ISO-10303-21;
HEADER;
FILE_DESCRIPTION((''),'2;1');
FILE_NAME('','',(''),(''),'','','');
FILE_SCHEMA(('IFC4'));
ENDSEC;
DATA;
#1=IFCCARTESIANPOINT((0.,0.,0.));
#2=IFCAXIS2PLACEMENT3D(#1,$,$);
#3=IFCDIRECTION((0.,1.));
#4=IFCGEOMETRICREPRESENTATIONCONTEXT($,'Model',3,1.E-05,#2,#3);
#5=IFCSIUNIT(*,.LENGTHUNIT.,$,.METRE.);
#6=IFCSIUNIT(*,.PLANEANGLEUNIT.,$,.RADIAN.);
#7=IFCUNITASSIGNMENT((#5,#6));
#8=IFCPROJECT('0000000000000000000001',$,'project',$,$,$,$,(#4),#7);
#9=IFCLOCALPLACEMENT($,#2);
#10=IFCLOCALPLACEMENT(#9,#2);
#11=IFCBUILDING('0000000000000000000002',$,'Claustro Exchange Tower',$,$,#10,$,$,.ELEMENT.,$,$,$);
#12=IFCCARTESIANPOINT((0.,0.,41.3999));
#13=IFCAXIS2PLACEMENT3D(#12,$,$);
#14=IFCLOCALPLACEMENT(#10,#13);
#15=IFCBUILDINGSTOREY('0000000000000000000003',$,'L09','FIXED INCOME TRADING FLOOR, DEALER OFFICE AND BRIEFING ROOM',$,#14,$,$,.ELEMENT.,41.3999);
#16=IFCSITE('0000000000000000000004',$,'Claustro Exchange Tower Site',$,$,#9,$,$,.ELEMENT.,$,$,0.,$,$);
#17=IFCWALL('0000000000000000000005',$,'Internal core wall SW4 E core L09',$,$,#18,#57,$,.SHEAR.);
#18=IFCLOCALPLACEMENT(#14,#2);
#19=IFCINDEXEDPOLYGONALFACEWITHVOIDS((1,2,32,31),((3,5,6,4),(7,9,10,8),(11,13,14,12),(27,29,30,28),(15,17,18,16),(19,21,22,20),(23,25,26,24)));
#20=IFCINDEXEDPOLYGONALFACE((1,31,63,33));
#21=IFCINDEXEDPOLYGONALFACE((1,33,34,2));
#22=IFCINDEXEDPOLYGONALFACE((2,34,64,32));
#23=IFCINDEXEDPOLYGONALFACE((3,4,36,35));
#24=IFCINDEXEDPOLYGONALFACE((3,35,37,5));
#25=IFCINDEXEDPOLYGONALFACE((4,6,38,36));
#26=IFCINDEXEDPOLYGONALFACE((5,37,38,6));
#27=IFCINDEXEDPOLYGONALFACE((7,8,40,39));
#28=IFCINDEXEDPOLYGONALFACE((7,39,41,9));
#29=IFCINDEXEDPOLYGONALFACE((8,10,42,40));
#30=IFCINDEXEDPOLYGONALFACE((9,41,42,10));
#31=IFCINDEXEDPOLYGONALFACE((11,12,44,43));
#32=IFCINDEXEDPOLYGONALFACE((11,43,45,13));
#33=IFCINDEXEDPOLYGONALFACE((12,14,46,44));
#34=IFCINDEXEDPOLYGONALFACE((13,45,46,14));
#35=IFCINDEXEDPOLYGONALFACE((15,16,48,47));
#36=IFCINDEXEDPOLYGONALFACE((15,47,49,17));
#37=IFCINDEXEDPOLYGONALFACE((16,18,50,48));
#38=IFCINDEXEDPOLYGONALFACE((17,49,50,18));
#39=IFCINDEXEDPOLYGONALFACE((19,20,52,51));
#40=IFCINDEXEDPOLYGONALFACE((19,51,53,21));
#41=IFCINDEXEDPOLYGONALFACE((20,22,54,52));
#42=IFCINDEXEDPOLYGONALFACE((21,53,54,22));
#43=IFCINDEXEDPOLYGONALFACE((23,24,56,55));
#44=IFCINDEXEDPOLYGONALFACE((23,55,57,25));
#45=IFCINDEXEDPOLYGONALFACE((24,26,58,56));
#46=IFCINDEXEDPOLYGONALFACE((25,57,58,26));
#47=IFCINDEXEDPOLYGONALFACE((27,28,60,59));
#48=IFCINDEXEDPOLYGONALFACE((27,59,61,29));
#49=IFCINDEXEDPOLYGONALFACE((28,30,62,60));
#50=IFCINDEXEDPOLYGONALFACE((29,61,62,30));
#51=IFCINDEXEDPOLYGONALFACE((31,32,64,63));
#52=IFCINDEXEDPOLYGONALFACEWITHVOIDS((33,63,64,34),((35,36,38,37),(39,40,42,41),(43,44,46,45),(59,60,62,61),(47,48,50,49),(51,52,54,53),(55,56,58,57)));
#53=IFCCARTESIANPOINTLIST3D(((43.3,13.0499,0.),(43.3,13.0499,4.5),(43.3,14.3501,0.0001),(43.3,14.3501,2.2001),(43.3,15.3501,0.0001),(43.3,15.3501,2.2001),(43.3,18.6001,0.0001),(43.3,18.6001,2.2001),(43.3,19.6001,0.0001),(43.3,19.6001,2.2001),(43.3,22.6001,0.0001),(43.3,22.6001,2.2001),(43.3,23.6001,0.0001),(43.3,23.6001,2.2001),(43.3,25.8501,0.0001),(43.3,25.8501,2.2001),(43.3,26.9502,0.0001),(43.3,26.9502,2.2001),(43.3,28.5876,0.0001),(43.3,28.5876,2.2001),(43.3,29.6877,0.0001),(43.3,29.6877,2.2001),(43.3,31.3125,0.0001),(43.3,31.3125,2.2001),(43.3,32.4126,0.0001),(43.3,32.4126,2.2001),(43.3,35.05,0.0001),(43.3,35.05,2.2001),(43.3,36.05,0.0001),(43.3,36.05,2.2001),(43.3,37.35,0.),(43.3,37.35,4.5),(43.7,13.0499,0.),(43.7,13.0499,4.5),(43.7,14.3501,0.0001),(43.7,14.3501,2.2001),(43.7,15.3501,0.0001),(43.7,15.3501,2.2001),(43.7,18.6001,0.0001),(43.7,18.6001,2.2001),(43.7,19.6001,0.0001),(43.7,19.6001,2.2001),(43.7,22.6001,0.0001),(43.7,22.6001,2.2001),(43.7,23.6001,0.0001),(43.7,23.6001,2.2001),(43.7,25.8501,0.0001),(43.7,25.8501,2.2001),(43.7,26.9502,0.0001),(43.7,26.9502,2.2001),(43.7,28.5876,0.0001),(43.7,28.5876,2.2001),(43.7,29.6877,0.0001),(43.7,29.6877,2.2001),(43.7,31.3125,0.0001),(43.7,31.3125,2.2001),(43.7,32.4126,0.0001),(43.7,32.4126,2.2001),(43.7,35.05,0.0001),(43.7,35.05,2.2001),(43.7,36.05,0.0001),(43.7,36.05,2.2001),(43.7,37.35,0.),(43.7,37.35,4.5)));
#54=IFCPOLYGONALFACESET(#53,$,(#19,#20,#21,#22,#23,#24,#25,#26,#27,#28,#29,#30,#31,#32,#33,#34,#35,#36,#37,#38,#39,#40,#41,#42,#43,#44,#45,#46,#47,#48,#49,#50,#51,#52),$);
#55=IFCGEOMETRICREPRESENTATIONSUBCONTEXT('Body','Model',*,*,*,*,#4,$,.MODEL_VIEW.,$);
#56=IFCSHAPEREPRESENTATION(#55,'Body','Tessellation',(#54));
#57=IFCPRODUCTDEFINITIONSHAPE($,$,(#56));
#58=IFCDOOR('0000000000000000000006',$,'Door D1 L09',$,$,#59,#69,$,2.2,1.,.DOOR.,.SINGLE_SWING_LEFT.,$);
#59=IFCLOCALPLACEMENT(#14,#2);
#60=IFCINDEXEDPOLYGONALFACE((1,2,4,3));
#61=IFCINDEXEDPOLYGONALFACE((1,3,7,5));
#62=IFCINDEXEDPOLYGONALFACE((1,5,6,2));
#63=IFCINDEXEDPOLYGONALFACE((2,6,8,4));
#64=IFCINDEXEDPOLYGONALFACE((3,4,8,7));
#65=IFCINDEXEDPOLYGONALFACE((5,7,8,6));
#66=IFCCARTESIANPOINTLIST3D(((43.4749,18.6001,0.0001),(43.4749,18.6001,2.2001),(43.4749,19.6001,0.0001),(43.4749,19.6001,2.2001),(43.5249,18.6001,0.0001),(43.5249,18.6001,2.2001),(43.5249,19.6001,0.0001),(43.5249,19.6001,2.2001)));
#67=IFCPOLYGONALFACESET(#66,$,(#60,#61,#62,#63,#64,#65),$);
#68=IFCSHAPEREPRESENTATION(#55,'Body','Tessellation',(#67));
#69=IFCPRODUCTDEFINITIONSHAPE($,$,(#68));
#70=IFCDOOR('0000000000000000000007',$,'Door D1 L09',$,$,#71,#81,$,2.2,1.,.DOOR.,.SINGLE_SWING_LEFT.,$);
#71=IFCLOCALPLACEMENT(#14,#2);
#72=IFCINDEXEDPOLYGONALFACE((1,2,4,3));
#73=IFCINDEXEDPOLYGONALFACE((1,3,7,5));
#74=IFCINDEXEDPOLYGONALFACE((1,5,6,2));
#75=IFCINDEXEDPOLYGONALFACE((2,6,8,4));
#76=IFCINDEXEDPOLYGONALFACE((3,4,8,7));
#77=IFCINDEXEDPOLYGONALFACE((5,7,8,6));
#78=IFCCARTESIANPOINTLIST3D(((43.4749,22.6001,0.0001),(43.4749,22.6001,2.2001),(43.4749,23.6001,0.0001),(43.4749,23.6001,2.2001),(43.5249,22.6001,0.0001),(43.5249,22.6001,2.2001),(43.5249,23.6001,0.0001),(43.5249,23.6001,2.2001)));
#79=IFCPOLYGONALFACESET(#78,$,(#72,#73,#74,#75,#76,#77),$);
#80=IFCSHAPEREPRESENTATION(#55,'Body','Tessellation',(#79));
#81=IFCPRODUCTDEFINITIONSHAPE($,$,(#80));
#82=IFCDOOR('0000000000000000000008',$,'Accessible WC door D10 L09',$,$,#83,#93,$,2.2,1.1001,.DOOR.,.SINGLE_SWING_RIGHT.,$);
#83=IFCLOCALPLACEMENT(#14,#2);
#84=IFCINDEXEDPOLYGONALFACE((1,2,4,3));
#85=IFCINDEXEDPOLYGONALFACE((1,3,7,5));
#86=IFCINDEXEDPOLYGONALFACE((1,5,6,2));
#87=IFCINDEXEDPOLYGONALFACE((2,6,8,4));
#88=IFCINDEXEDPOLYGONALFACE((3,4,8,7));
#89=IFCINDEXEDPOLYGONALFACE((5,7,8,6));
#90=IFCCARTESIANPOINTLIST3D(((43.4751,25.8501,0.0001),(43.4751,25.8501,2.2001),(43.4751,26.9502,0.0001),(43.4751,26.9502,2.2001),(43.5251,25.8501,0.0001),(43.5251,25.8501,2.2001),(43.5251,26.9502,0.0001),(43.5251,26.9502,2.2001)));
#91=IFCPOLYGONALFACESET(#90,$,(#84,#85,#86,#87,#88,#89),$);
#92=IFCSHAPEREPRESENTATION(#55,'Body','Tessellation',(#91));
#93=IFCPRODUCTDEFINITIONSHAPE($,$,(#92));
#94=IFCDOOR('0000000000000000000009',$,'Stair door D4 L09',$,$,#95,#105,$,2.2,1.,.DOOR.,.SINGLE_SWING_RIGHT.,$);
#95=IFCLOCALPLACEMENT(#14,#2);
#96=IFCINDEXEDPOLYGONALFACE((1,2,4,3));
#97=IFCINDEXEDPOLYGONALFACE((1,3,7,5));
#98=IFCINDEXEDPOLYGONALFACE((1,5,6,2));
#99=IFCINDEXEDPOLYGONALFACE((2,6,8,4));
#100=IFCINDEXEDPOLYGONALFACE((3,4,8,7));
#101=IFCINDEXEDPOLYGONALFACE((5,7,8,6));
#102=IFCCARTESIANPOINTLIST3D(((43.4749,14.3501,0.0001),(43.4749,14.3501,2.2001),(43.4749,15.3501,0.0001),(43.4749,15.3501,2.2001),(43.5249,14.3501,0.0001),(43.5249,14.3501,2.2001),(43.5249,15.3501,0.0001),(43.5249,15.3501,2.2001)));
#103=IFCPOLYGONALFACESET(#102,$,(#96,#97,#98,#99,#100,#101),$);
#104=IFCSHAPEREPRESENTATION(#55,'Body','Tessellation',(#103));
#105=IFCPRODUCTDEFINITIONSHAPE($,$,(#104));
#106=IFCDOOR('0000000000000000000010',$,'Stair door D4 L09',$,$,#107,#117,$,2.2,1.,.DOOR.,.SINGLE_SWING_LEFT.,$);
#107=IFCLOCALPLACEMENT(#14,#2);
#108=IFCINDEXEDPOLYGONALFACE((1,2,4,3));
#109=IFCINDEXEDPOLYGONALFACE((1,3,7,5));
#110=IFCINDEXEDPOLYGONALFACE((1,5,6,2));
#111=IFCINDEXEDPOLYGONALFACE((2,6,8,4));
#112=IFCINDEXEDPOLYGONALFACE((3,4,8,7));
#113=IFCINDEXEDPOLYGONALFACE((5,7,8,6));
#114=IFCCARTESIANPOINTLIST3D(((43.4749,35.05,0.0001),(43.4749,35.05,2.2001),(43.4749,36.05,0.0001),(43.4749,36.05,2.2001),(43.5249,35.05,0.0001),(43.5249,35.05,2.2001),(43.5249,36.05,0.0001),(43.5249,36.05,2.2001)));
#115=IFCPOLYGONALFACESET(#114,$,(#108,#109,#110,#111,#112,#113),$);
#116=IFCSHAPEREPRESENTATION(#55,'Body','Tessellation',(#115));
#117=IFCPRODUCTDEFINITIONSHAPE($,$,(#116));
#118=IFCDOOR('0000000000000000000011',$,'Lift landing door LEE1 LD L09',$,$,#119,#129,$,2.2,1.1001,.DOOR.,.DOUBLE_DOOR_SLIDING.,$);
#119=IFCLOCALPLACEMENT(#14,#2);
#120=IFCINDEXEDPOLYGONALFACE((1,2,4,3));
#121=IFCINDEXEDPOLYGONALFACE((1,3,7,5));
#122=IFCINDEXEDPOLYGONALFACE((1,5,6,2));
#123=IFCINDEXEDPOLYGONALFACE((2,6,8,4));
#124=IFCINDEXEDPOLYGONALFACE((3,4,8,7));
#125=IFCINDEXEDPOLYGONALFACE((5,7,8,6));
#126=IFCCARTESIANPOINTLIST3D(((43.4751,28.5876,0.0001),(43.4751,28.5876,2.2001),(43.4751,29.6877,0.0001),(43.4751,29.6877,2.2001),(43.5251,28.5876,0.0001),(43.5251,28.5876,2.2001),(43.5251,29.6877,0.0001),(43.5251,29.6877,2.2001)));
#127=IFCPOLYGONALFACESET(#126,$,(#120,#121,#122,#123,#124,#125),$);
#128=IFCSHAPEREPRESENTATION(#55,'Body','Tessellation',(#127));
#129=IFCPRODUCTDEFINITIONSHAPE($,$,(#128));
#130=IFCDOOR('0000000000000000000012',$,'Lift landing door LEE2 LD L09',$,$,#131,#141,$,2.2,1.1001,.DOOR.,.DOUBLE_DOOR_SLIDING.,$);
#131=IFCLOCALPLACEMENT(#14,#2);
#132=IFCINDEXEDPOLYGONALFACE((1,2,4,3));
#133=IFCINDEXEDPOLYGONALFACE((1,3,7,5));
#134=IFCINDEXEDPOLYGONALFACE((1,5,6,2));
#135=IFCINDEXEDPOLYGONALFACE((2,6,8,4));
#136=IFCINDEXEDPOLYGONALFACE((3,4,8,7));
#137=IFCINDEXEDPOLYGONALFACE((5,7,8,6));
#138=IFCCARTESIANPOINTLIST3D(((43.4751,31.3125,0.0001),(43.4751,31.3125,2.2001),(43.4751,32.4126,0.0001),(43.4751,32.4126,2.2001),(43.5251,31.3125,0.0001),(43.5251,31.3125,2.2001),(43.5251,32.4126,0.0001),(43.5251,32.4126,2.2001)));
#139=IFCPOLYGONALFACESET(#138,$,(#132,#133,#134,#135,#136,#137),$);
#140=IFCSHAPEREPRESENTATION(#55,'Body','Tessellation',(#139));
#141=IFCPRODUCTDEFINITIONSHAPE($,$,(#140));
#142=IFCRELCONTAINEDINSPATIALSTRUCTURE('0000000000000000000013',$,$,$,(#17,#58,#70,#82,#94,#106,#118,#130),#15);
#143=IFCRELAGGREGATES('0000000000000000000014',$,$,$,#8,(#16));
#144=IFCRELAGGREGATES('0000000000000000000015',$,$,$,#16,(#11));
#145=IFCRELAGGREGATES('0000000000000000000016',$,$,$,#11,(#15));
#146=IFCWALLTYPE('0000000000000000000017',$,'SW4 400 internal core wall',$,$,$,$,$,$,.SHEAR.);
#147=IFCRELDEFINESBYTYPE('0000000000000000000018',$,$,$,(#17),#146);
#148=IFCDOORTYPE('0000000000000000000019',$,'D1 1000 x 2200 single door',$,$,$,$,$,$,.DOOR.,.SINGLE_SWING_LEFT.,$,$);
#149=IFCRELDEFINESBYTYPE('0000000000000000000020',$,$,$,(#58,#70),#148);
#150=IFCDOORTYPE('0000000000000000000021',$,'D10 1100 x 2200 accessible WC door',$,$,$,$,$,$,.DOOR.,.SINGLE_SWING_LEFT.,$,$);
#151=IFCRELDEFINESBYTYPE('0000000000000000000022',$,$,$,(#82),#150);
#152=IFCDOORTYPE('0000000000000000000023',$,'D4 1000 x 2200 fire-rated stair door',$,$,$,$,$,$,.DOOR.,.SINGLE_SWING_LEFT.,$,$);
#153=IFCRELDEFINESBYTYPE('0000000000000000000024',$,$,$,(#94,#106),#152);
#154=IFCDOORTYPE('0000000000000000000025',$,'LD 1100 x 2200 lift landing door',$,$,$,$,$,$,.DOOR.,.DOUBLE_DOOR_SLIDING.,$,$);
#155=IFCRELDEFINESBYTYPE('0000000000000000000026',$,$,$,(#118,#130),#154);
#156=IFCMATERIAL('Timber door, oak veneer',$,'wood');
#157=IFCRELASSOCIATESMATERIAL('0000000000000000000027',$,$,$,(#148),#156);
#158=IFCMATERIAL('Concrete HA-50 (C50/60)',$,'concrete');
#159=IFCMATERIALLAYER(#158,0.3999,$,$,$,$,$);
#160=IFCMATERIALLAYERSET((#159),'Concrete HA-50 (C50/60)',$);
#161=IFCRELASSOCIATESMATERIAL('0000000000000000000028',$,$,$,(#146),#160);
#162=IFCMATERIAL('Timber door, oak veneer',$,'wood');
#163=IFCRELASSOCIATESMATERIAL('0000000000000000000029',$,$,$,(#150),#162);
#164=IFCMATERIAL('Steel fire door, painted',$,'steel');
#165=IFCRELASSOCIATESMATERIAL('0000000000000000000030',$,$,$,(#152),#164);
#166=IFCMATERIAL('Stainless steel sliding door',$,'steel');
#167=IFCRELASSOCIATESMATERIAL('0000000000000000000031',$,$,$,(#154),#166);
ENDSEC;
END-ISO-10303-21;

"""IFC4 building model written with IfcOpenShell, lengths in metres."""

from ifc_helpers import new_model, si_unit, direction, frame, frame_2d, origin, place, context, subcontext, project, spatial, rectangle, extrude, material, layer, layer_set, type_object, element, fill, save


model = new_model("IFC4")

# Units and contexts
model_context = context("Model", 3, precision=1e-05, world=origin(), true_north=direction((0.0, 1.0)))
body_context = subcontext(model_context, "Body", "Model", "MODEL_VIEW")
ifc_project = project(units=[si_unit("LENGTHUNIT", "METRE"), si_unit("PLANEANGLEUNIT", "RADIAN")], contexts=[model_context])

# Site, building, storey
site_placement = place(None, origin())
site = spatial("IfcSite", under=ifc_project, at=site_placement, Name="Claustro Exchange Tower Site", CompositionType="ELEMENT", RefElevation=0.0)
building_placement = place(site_placement, origin())
building = spatial("IfcBuilding", under=site, at=building_placement, Name="Claustro Exchange Tower", CompositionType="ELEMENT")
storey_placement = place(building_placement, frame((0.0, 0.0, 41.3999)))
storey = spatial("IfcBuildingStorey", under=building, at=storey_placement, Name="L09", Description="FIXED INCOME TRADING FLOOR, DEALER OFFICE AND BRIEFING ROOM", CompositionType="ELEMENT", Elevation=41.3999)

# Shared definitions
ifc_material_1 = material(Name="Timber door, oak veneer", Category="wood")
door_type_1 = type_object("IfcDoorType", Name="D1 1000 x 2200 single door", OperationType="SINGLE_SWING_LEFT", PredefinedType="DOOR", material=ifc_material_1)

# Wall, openings, doors
ifc_material_2 = material(Name="Concrete HA-50 (C50/60)", Category="concrete")
ifc_layer_1 = layer(ifc_material_2, 0.3999)
ifc_layer_set_1 = layer_set([ifc_layer_1], Name="Concrete HA-50 (C50/60)")
wall_type_1 = type_object("IfcWallType", Name="SW4 400 internal core wall", PredefinedType="SHEAR", material=ifc_layer_set_1)
wall_1_placement = place(storey_placement, frame((43.5, 13.05, 0.0), z_axis=(0.0, 0.0, 1.0), x_axis=(0.0, 1.0, 0.0)))
wall_1 = element("IfcWall", 1, at=wall_1_placement, inside=storey, type_object=wall_type_1, Name="Internal core wall SW4 E core L09", PredefinedType="SHEAR", context=body_context, shape_type="SweptSolid", body=[
    extrude(rectangle(XDim=24.3, YDim=0.3999, at=frame_2d((12.1499, 0.0))), origin(), (0.0, 0.0, 1.0), 4.5),
])
opening_1_placement = place(wall_1_placement, frame((1.3, 0.0, 0.0)))
opening_1 = element("IfcOpeningElement", 2, at=opening_1_placement, cuts=wall_1, PredefinedType="OPENING", context=body_context, shape_type="SweptSolid", body=[
    extrude(rectangle(XDim=1.0, YDim=2.2, at=frame_2d((0.5, 1.1001))), frame((0.0, 0.21, 0.0), z_axis=(0.0, -1.0, 0.0), x_axis=(1.0, 0.0, 0.0)), (0.0, 0.0, 1.0), 0.4199),
])
opening_2_placement = place(wall_1_placement, frame((22.0, 0.0, 0.0)))
opening_2 = element("IfcOpeningElement", 3, at=opening_2_placement, cuts=wall_1, PredefinedType="OPENING", context=body_context, shape_type="SweptSolid", body=[
    extrude(rectangle(XDim=1.0, YDim=2.2, at=frame_2d((0.5, 1.1001))), frame((0.0, 0.21, 0.0), z_axis=(0.0, -1.0, 0.0), x_axis=(1.0, 0.0, 0.0)), (0.0, 0.0, 1.0), 0.4199),
])
opening_3_placement = place(wall_1_placement, frame((5.55, 0.0, 0.0)))
opening_3 = element("IfcOpeningElement", 4, at=opening_3_placement, cuts=wall_1, PredefinedType="OPENING", context=body_context, shape_type="SweptSolid", body=[
    extrude(rectangle(XDim=1.0, YDim=2.2, at=frame_2d((0.5, 1.1001))), frame((0.0, 0.21, 0.0), z_axis=(0.0, -1.0, 0.0), x_axis=(1.0, 0.0, 0.0)), (0.0, 0.0, 1.0), 0.4199),
])
opening_4_placement = place(wall_1_placement, frame((9.55, 0.0, 0.0)))
opening_4 = element("IfcOpeningElement", 5, at=opening_4_placement, cuts=wall_1, PredefinedType="OPENING", context=body_context, shape_type="SweptSolid", body=[
    extrude(rectangle(XDim=1.0, YDim=2.2, at=frame_2d((0.5, 1.1001))), frame((0.0, 0.21, 0.0), z_axis=(0.0, -1.0, 0.0), x_axis=(1.0, 0.0, 0.0)), (0.0, 0.0, 1.0), 0.4199),
])
opening_5_placement = place(wall_1_placement, frame((12.8, 0.0, 0.0)))
opening_5 = element("IfcOpeningElement", 6, at=opening_5_placement, cuts=wall_1, PredefinedType="OPENING", context=body_context, shape_type="SweptSolid", body=[
    extrude(rectangle(XDim=1.1001, YDim=2.2, at=frame_2d((0.55, 1.1001))), frame((0.0, 0.21, 0.0), z_axis=(0.0, -1.0, 0.0), x_axis=(1.0, 0.0, 0.0)), (0.0, 0.0, 1.0), 0.4199),
])
opening_6_placement = place(wall_1_placement, frame((15.5376, 0.0, 0.0)))
opening_6 = element("IfcOpeningElement", 7, at=opening_6_placement, cuts=wall_1, PredefinedType="OPENING", context=body_context, shape_type="SweptSolid", body=[
    extrude(rectangle(XDim=1.1001, YDim=2.2, at=frame_2d((0.55, 1.1001))), frame((0.0, 0.21, 0.0), z_axis=(0.0, -1.0, 0.0), x_axis=(1.0, 0.0, 0.0)), (0.0, 0.0, 1.0), 0.4199),
])
opening_7_placement = place(wall_1_placement, frame((18.2625, 0.0, 0.0)))
opening_7 = element("IfcOpeningElement", 8, at=opening_7_placement, cuts=wall_1, PredefinedType="OPENING", context=body_context, shape_type="SweptSolid", body=[
    extrude(rectangle(XDim=1.1001, YDim=2.2, at=frame_2d((0.55, 1.1001))), frame((0.0, 0.21, 0.0), z_axis=(0.0, -1.0, 0.0), x_axis=(1.0, 0.0, 0.0)), (0.0, 0.0, 1.0), 0.4199),
])
door_1_placement = place(opening_3_placement, frame((1.0, 0.0, 0.0), z_axis=(0.0, 0.0, 1.0), x_axis=(-1.0, 0.0, 0.0)))
door_1 = element("IfcDoor", 9, at=door_1_placement, inside=storey, type_object=door_type_1, Name="Door D1 L09", OperationType="SINGLE_SWING_LEFT", OverallHeight=2.2, OverallWidth=1.0, PredefinedType="DOOR", context=body_context, shape_type="SweptSolid", body=[
    extrude(rectangle(XDim=1.0, YDim=2.2, at=frame_2d((0.5, 1.1001))), frame((0.0, 0.0249, 0.0), z_axis=(0.0, -1.0, 0.0), x_axis=(1.0, 0.0, 0.0)), (0.0, 0.0, 1.0), 0.05),
])
fill(opening_3, door_1)
door_2_placement = place(opening_4_placement, frame((1.0, 0.0, 0.0), z_axis=(0.0, 0.0, 1.0), x_axis=(-1.0, 0.0, 0.0)))
door_2 = element("IfcDoor", 10, at=door_2_placement, inside=storey, type_object=door_type_1, Name="Door D1 L09", OperationType="SINGLE_SWING_LEFT", OverallHeight=2.2, OverallWidth=1.0, PredefinedType="DOOR", context=body_context, shape_type="SweptSolid", body=[
    extrude(rectangle(XDim=1.0, YDim=2.2, at=frame_2d((0.5, 1.1001))), frame((0.0, 0.0249, 0.0), z_axis=(0.0, -1.0, 0.0), x_axis=(1.0, 0.0, 0.0)), (0.0, 0.0, 1.0), 0.05),
])
fill(opening_4, door_2)
ifc_material_3 = material(Name="Timber door, oak veneer", Category="wood")
door_type_2 = type_object("IfcDoorType", Name="D10 1100 x 2200 accessible WC door", OperationType="SINGLE_SWING_LEFT", PredefinedType="DOOR", material=ifc_material_3)
door_3_placement = place(opening_5_placement, origin())
door_3 = element("IfcDoor", 11, at=door_3_placement, inside=storey, type_object=door_type_2, Name="Accessible WC door D10 L09", OperationType="SINGLE_SWING_RIGHT", OverallHeight=2.2, OverallWidth=1.1001, PredefinedType="DOOR", context=body_context, shape_type="SweptSolid", body=[
    extrude(rectangle(XDim=1.1001, YDim=2.2, at=frame_2d((0.55, 1.1001))), frame((0.0, 0.0249, 0.0), z_axis=(0.0, -1.0, 0.0), x_axis=(1.0, 0.0, 0.0)), (0.0, 0.0, 1.0), 0.05),
])
fill(opening_5, door_3)
ifc_material_4 = material(Name="Steel fire door, painted", Category="steel")
door_type_3 = type_object("IfcDoorType", Name="D4 1000 x 2200 fire-rated stair door", OperationType="SINGLE_SWING_LEFT", PredefinedType="DOOR", material=ifc_material_4)
door_4_placement = place(opening_1_placement, frame((1.0, 0.0, 0.0), z_axis=(0.0, 0.0, 1.0), x_axis=(-1.0, 0.0, 0.0)))
door_4 = element("IfcDoor", 12, at=door_4_placement, inside=storey, type_object=door_type_3, Name="Stair door D4 L09", OperationType="SINGLE_SWING_RIGHT", OverallHeight=2.2, OverallWidth=1.0, PredefinedType="DOOR", context=body_context, shape_type="SweptSolid", body=[
    extrude(rectangle(XDim=1.0, YDim=2.2, at=frame_2d((0.5, 1.1001))), frame((0.0, 0.0249, 0.0), z_axis=(0.0, -1.0, 0.0), x_axis=(1.0, 0.0, 0.0)), (0.0, 0.0, 1.0), 0.05),
])
fill(opening_1, door_4)
door_5_placement = place(opening_2_placement, frame((1.0, 0.0, 0.0), z_axis=(0.0, 0.0, 1.0), x_axis=(-1.0, 0.0, 0.0)))
door_5 = element("IfcDoor", 13, at=door_5_placement, inside=storey, type_object=door_type_3, Name="Stair door D4 L09", OperationType="SINGLE_SWING_LEFT", OverallHeight=2.2, OverallWidth=1.0, PredefinedType="DOOR", context=body_context, shape_type="SweptSolid", body=[
    extrude(rectangle(XDim=1.0, YDim=2.2, at=frame_2d((0.5, 1.1001))), frame((0.0, 0.0249, 0.0), z_axis=(0.0, -1.0, 0.0), x_axis=(1.0, 0.0, 0.0)), (0.0, 0.0, 1.0), 0.05),
])
fill(opening_2, door_5)
ifc_material_5 = material(Name="Stainless steel sliding door", Category="steel")
door_type_4 = type_object("IfcDoorType", Name="LD 1100 x 2200 lift landing door", OperationType="DOUBLE_DOOR_SLIDING", PredefinedType="DOOR", material=ifc_material_5)
door_6_placement = place(opening_6_placement, origin())
door_6 = element("IfcDoor", 14, at=door_6_placement, inside=storey, type_object=door_type_4, Name="Lift landing door LEE1 LD L09", OperationType="DOUBLE_DOOR_SLIDING", OverallHeight=2.2, OverallWidth=1.1001, PredefinedType="DOOR", context=body_context, shape_type="SweptSolid", body=[
    extrude(rectangle(XDim=1.1001, YDim=2.2, at=frame_2d((0.55, 1.1001))), frame((0.0, 0.0249, 0.0), z_axis=(0.0, -1.0, 0.0), x_axis=(1.0, 0.0, 0.0)), (0.0, 0.0, 1.0), 0.05),
])
fill(opening_6, door_6)
door_7_placement = place(opening_7_placement, origin())
door_7 = element("IfcDoor", 15, at=door_7_placement, inside=storey, type_object=door_type_4, Name="Lift landing door LEE2 LD L09", OperationType="DOUBLE_DOOR_SLIDING", OverallHeight=2.2, OverallWidth=1.1001, PredefinedType="DOOR", context=body_context, shape_type="SweptSolid", body=[
    extrude(rectangle(XDim=1.1001, YDim=2.2, at=frame_2d((0.55, 1.1001))), frame((0.0, 0.0249, 0.0), z_axis=(0.0, -1.0, 0.0), x_axis=(1.0, 0.0, 0.0)), (0.0, 0.0, 1.0), 0.05),
])
fill(opening_7, door_7)

save(model, "model.ifc")
